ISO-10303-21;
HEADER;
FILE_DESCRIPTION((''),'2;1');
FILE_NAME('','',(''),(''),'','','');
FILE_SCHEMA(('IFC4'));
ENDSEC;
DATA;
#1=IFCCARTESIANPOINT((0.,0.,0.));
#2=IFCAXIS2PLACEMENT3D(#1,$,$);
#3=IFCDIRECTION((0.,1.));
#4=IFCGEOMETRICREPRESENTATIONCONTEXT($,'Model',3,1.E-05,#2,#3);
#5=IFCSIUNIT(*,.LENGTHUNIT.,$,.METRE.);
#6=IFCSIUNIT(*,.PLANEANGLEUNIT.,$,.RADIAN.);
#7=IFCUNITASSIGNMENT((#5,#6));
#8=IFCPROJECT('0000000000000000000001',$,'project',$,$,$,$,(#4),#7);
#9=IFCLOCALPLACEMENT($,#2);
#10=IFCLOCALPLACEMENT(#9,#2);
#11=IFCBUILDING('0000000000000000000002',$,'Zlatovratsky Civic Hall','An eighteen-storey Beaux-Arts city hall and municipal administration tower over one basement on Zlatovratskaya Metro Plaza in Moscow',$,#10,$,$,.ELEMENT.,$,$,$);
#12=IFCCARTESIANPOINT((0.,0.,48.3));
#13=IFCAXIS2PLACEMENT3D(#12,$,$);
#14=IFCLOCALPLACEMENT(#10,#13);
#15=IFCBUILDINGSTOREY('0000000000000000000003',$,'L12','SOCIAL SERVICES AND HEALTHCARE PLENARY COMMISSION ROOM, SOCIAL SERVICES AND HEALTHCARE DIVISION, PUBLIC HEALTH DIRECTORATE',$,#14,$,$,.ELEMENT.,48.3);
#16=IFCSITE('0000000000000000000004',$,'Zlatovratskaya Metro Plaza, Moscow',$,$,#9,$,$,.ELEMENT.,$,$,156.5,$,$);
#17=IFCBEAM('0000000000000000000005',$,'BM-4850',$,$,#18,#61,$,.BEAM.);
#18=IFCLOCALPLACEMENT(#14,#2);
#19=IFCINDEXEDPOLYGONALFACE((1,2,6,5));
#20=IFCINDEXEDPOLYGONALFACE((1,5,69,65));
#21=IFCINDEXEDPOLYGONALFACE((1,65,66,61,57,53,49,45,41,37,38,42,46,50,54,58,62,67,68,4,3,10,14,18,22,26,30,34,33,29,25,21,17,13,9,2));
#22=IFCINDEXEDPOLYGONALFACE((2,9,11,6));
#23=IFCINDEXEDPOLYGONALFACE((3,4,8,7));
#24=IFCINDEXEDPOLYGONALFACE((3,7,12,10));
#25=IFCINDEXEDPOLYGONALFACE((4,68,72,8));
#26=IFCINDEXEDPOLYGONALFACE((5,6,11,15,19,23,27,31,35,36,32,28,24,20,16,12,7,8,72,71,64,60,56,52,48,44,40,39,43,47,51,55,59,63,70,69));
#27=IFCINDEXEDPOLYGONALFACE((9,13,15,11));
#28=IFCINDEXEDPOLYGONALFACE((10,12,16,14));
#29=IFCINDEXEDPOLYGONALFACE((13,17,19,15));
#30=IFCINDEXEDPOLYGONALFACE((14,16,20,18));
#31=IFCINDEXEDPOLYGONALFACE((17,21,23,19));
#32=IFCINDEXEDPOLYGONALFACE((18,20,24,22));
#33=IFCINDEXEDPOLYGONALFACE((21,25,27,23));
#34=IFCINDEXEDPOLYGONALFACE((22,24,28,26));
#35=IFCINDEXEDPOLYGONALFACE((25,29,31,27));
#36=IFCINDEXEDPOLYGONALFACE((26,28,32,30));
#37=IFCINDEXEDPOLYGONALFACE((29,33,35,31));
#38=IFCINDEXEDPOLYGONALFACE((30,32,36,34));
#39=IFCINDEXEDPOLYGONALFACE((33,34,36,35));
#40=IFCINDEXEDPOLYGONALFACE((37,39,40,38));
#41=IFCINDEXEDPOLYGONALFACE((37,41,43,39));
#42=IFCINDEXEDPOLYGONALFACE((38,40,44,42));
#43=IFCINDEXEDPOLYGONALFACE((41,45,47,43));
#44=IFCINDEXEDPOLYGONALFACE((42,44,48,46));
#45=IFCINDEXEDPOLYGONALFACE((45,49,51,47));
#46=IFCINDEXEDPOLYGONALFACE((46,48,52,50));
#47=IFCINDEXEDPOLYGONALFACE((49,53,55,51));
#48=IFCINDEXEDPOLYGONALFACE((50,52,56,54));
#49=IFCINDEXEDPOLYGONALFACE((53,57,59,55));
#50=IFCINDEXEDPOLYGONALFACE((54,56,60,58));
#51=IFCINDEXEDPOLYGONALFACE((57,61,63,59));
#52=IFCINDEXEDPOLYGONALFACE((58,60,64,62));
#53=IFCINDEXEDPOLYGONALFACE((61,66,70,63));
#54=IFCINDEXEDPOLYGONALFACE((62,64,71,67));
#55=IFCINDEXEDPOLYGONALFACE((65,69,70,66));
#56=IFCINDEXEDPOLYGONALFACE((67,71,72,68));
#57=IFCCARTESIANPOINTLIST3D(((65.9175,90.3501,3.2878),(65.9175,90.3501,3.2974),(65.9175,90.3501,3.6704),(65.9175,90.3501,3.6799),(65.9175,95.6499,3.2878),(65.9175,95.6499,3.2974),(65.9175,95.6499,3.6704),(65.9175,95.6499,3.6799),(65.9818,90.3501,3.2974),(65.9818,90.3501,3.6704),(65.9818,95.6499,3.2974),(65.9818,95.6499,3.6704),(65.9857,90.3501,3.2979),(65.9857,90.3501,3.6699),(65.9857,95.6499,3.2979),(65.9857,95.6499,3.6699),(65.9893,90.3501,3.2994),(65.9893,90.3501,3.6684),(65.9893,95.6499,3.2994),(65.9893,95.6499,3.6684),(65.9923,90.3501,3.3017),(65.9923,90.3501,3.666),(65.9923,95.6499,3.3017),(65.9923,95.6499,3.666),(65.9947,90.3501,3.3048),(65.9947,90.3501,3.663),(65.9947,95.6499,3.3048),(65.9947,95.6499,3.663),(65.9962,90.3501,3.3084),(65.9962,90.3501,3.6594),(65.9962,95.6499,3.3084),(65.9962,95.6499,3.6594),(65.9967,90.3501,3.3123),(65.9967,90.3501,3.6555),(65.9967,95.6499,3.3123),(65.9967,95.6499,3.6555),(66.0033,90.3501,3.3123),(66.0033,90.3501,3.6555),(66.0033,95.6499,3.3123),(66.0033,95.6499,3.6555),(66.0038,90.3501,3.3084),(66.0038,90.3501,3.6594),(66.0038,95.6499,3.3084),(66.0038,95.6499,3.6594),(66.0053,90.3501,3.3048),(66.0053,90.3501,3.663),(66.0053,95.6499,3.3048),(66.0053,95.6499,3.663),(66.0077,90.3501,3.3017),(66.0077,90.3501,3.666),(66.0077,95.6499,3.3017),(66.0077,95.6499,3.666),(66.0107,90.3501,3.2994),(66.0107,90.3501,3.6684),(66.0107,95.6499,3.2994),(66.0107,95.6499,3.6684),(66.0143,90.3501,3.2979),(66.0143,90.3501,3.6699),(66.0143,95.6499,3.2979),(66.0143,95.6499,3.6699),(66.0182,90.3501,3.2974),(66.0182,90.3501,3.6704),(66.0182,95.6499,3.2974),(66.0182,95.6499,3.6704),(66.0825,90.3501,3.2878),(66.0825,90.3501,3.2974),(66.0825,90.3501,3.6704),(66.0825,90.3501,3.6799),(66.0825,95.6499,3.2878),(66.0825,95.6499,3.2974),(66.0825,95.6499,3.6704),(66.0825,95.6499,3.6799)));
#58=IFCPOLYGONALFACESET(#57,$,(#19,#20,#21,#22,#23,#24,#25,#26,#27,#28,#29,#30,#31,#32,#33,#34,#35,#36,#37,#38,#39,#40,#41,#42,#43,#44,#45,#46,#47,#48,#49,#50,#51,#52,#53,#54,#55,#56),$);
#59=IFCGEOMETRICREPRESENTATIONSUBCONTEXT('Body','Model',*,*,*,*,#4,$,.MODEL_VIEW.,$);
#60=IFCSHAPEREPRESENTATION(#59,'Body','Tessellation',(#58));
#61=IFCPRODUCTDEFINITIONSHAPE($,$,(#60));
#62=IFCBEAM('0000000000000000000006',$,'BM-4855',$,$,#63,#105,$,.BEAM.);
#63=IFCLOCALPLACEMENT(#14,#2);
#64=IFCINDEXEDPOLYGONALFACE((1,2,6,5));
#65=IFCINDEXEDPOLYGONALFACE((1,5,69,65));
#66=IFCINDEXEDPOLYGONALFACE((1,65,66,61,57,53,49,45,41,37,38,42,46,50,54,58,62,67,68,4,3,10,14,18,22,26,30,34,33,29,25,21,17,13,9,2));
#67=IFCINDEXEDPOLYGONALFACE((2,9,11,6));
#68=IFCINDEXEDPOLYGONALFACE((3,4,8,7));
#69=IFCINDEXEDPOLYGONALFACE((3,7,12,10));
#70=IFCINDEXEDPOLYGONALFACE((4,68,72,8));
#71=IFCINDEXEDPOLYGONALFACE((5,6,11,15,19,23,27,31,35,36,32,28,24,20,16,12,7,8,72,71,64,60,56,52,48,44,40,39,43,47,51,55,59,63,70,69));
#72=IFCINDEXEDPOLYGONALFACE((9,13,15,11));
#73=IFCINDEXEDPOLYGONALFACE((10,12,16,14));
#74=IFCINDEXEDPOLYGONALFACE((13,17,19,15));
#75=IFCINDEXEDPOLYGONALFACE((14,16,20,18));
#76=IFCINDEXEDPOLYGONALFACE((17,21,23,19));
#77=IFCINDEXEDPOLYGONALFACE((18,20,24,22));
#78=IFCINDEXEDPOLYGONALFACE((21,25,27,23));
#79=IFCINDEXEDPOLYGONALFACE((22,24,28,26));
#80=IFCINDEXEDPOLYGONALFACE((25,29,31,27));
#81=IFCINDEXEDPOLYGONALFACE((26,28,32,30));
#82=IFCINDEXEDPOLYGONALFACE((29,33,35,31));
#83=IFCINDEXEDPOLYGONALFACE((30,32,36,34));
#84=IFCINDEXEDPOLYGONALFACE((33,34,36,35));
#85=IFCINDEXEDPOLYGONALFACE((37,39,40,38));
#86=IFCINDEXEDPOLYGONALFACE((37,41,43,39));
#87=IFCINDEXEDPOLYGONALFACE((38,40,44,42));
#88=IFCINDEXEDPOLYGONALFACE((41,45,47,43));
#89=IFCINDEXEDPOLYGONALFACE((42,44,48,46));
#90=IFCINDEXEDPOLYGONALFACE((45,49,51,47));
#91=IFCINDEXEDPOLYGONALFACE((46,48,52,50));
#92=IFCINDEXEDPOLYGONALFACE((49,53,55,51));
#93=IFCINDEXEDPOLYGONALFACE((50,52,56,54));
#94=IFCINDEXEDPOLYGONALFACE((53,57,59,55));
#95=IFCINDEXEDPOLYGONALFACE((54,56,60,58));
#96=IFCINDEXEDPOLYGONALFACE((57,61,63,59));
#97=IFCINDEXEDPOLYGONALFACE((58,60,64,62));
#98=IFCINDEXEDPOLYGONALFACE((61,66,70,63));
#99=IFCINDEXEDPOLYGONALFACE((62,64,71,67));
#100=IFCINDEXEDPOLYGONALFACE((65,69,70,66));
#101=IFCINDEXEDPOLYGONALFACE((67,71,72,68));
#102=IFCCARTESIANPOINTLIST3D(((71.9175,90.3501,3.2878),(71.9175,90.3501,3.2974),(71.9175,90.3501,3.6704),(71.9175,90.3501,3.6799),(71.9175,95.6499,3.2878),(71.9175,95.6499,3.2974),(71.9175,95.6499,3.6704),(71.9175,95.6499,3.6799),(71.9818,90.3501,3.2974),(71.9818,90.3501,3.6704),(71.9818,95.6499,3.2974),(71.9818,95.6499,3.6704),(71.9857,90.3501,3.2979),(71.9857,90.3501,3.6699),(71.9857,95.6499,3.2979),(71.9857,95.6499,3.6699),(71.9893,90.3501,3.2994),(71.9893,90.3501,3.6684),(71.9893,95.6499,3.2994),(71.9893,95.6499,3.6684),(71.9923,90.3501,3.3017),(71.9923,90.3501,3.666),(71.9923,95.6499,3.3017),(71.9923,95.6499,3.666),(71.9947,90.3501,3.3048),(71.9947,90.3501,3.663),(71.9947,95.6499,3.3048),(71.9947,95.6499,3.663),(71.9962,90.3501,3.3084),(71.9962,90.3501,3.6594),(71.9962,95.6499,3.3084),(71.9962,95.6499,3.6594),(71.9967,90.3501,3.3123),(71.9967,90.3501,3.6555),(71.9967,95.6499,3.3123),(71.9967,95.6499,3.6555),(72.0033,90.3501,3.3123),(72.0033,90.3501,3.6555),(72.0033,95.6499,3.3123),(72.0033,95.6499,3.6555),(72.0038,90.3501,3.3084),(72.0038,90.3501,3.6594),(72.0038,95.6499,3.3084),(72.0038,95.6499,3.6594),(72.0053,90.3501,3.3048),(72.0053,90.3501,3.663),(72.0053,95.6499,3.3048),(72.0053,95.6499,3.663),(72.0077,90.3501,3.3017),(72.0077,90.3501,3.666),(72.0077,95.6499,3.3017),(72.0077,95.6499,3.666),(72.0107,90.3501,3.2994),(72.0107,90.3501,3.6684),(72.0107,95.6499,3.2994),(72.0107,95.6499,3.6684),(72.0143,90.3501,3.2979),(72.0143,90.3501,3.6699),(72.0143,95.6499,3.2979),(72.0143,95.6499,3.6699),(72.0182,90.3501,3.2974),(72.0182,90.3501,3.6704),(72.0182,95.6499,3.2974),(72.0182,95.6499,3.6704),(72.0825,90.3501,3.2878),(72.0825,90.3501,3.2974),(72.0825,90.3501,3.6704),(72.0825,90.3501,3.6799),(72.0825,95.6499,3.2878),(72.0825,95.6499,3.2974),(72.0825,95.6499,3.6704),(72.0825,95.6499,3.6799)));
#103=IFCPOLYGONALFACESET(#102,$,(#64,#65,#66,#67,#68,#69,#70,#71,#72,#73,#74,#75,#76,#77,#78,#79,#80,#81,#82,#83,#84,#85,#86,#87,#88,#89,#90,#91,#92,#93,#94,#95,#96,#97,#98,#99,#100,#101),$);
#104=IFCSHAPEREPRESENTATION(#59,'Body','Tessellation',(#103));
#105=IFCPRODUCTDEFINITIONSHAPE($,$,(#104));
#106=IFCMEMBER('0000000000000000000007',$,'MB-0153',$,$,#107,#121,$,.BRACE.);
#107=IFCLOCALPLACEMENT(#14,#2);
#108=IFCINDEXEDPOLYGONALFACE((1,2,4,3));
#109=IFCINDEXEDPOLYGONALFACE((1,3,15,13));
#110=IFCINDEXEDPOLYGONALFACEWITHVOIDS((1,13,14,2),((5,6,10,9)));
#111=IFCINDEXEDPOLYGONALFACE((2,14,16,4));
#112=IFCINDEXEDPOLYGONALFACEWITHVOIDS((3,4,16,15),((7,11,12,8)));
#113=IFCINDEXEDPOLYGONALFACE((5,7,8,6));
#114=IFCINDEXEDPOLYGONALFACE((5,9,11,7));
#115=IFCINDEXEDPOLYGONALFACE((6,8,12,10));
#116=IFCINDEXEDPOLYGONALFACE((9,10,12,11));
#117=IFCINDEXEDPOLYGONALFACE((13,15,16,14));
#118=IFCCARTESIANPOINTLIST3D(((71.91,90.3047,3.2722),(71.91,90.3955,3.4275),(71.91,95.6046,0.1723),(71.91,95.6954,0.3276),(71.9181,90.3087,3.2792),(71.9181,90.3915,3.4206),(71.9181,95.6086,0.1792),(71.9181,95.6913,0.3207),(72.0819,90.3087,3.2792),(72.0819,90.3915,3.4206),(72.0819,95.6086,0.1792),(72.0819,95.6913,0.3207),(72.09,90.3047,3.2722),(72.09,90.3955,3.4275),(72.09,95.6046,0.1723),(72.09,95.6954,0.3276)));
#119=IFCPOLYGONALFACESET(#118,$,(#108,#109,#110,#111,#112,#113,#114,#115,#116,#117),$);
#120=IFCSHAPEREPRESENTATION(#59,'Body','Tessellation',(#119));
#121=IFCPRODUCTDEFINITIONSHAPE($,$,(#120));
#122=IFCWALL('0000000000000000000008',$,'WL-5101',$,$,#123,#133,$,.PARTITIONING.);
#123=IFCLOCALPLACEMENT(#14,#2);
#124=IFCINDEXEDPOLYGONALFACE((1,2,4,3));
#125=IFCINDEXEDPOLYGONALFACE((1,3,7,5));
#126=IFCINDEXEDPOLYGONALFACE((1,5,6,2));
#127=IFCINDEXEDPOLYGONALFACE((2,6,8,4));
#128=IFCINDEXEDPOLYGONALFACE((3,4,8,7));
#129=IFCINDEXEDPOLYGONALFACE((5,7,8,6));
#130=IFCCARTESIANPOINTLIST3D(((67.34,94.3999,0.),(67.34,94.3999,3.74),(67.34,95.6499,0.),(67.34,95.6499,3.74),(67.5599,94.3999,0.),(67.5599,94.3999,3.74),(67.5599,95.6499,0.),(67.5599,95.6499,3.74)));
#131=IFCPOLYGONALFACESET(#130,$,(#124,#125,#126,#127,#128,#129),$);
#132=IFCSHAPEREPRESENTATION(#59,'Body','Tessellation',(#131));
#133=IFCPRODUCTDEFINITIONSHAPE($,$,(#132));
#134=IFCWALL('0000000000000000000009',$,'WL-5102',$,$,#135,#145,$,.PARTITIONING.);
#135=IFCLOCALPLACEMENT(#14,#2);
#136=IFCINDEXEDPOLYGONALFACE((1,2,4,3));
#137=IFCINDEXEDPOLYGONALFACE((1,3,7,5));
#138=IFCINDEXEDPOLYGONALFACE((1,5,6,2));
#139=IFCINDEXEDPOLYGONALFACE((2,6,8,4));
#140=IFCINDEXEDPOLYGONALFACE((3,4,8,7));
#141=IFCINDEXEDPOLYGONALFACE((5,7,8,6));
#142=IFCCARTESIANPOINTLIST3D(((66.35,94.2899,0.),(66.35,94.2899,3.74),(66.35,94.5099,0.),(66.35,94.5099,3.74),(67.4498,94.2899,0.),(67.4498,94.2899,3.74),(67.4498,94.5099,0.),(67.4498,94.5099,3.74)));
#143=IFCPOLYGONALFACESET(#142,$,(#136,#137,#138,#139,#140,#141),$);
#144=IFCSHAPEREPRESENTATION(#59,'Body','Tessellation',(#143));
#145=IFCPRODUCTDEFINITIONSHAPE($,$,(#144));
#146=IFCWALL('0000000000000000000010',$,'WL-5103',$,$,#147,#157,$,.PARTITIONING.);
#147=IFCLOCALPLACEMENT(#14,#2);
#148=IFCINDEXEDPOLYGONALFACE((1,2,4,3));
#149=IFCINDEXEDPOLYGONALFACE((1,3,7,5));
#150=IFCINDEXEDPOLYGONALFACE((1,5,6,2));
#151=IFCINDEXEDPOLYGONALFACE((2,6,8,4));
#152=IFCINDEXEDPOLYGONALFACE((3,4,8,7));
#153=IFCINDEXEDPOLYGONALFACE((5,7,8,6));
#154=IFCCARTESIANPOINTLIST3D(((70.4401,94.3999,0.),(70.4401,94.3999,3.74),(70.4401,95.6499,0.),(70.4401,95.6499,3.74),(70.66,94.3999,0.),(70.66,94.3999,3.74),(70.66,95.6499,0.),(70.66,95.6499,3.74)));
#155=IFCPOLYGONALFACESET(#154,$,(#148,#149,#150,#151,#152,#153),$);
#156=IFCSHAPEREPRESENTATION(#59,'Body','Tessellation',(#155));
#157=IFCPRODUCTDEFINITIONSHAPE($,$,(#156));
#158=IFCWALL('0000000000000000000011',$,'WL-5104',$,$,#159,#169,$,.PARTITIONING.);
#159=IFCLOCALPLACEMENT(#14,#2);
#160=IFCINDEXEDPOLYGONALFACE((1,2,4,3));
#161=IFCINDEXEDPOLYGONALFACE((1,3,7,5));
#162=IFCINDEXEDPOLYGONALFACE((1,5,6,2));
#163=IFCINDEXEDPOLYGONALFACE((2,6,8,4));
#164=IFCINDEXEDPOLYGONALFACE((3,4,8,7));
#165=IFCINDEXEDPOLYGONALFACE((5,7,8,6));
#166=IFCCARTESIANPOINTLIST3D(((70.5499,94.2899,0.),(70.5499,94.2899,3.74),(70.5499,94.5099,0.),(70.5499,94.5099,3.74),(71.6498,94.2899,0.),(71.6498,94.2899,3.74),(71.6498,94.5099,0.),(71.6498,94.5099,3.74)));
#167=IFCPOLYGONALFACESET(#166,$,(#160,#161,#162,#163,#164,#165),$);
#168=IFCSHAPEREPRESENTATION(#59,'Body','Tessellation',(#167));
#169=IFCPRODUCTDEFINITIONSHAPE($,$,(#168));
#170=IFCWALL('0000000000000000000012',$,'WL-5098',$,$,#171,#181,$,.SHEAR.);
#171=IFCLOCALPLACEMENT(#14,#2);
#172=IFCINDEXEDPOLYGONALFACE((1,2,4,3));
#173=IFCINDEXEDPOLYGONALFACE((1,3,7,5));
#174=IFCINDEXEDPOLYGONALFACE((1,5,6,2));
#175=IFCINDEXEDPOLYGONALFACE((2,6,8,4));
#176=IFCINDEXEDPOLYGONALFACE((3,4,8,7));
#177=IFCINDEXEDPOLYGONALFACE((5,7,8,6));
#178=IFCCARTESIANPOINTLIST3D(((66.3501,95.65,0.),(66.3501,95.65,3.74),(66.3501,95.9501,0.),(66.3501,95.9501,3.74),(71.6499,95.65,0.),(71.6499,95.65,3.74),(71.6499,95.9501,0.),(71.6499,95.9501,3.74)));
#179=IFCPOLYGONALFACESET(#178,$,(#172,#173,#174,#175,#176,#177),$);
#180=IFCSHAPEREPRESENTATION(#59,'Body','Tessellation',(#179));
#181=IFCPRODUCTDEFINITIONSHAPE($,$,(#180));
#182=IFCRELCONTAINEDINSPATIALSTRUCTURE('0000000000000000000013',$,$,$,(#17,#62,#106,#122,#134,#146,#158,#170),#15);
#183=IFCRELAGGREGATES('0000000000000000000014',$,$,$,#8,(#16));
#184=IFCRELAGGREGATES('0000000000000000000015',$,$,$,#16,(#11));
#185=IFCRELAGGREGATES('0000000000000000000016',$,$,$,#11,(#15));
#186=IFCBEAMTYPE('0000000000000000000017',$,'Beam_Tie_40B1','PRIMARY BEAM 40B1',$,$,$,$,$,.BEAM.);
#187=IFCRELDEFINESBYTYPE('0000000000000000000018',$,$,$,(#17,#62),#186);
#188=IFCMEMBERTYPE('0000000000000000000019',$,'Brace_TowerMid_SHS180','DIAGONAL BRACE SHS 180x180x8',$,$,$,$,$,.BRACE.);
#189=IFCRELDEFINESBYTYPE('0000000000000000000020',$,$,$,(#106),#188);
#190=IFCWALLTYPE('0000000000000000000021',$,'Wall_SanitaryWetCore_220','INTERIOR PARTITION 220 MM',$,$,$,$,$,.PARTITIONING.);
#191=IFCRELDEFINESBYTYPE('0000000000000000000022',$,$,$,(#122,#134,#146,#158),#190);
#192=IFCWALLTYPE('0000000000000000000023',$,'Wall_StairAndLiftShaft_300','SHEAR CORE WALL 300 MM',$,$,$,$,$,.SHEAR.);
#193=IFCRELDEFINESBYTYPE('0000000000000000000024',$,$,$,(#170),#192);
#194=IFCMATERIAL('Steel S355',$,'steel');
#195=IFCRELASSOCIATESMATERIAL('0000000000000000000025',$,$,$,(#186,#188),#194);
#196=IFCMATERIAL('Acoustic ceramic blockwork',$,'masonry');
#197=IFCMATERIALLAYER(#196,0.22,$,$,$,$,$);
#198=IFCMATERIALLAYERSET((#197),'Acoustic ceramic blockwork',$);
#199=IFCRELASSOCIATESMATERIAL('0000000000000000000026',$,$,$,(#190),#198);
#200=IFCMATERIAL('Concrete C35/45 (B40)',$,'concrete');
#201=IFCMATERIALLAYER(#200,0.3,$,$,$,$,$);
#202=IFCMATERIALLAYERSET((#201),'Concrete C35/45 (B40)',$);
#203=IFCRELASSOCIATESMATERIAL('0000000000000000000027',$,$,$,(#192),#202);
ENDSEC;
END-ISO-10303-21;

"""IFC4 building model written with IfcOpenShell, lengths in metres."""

from ifc_helpers import new_model, si_unit, direction, frame, frame_2d, origin, origin_2d, place, context, subcontext, project, spatial, rectangle, hollow_rectangle, i_section, extrude, material, layer, layer_set, material_profile, profile_set, type_object, element, save


model = new_model("IFC4")

# Units and contexts
model_context = context("Model", 3, precision=1e-05, world=origin(), true_north=direction((0.0, 1.0)))
body_context = subcontext(model_context, "Body", "Model", "MODEL_VIEW")
ifc_project = project(units=[si_unit("LENGTHUNIT", "METRE"), si_unit("PLANEANGLEUNIT", "RADIAN")], contexts=[model_context])

# Site, building, storey
site_placement = place(None, origin())
site = spatial("IfcSite", under=ifc_project, at=site_placement, Name="Zlatovratskaya Metro Plaza, Moscow", CompositionType="ELEMENT", RefElevation=156.5)
building_placement = place(site_placement, origin())
building = spatial("IfcBuilding", under=site, at=building_placement, Name="Zlatovratsky Civic Hall", Description="An eighteen-storey Beaux-Arts city hall and municipal administration tower over one basement on Zlatovratskaya Metro Plaza in Moscow", CompositionType="ELEMENT")
storey_placement = place(building_placement, frame((0.0, 0.0, 48.3)))
storey = spatial("IfcBuildingStorey", under=building, at=storey_placement, Name="L12", Description="SOCIAL SERVICES AND HEALTHCARE PLENARY COMMISSION ROOM, SOCIAL SERVICES AND HEALTHCARE DIVISION, PUBLIC HEALTH DIRECTORATE", CompositionType="ELEMENT", Elevation=48.3)

# Shared definitions
ifc_material_1 = material(Name="Concrete C35/45 (B40)", Category="concrete")

# Beams
ifc_material_2 = material(Name="Steel S355", Category="steel")
ifc_material_profile_1 = material_profile(ifc_material_2, i_section(OverallWidth=0.165, OverallDepth=0.3921, WebThickness=0.0066, FlangeThickness=0.0095, FilletRadius=0.0149, at=origin_2d()), Name="40B1")
ifc_profile_set_1 = profile_set([ifc_material_profile_1], Name="Steel S355")
beam_type_1 = type_object("IfcBeamType", Name="Beam_Tie_40B1", Description="PRIMARY BEAM 40B1", PredefinedType="BEAM", material=ifc_profile_set_1)
for number, where, z_axis, x_axis, name in (
    (1, (66.0, 90.3501, 3.4839), (0.0, 1.0, 0.0), (-1.0, 0.0, 0.0), "BM-4850"),
    (2, (72.0, 90.3501, 3.4839), (0.0, 1.0, 0.0), (-1.0, 0.0, 0.0), "BM-4855"),
):
    element("IfcBeam", number, at=place(storey_placement, frame(where, z_axis=z_axis, x_axis=x_axis)), inside=storey, type_object=beam_type_1, Name=name, PredefinedType="BEAM", context=body_context, shape_type="SweptSolid", body=[
        extrude(i_section(OverallWidth=0.165, OverallDepth=0.3921, WebThickness=0.0066, FlangeThickness=0.0095, FilletRadius=0.0149, at=origin_2d()), origin(), (0.0, 0.0, 1.0), 5.2998),
    ])

# Member
ifc_material_profile_2 = material_profile(ifc_material_2, hollow_rectangle(XDim=0.1799, YDim=0.1799, WallThickness=0.0081, at=origin_2d()), Name="SHS 180x180x8")
ifc_profile_set_2 = profile_set([ifc_material_profile_2], Name="Steel S355")
member_type = type_object("IfcMemberType", Name="Brace_TowerMid_SHS180", Description="DIAGONAL BRACE SHS 180x180x8", PredefinedType="BRACE", material=ifc_profile_set_2)
member_placement = place(storey_placement, frame((72.0, 90.3501, 3.3499), z_axis=(0.0, 0.86319, -0.504879), x_axis=(-1.0, 0.0, 0.0)))
element("IfcMember", 3, at=member_placement, inside=storey, type_object=member_type, Name="MB-0153", PredefinedType="BRACE", context=body_context, shape_type="SweptSolid", body=[
    extrude(hollow_rectangle(XDim=0.1799, YDim=0.1799, WallThickness=0.0081, at=origin_2d()), origin(), (0.0, 0.0, 1.0), 6.1399),
])

# Walls
ifc_material_3 = material(Name="Acoustic ceramic blockwork", Category="masonry")
ifc_layer_1 = layer(ifc_material_3, 0.22)
ifc_layer_set_1 = layer_set([ifc_layer_1], Name="Acoustic ceramic blockwork")
wall_type_1 = type_object("IfcWallType", Name="Wall_SanitaryWetCore_220", Description="INTERIOR PARTITION 220 MM", PredefinedType="PARTITIONING", material=ifc_layer_set_1)
wall_1_placement = place(storey_placement, frame((67.45, 94.3999, 0.0), z_axis=(0.0, 0.0, 1.0), x_axis=(0.0, 1.0, 0.0)))
element("IfcWall", 4, at=wall_1_placement, inside=storey, type_object=wall_type_1, Name="WL-5101", PredefinedType="PARTITIONING", context=body_context, shape_type="SweptSolid", body=[
    extrude(rectangle(XDim=1.25, YDim=0.22, at=frame_2d((0.625, 0.0))), origin(), (0.0, 0.0, 1.0), 3.74),
])
wall_2_placement = place(storey_placement, frame((66.3501, 94.3999, 0.0), z_axis=(0.0, 0.0, 1.0), x_axis=(1.0, 0.0, 0.0)))
element("IfcWall", 5, at=wall_2_placement, inside=storey, type_object=wall_type_1, Name="WL-5102", PredefinedType="PARTITIONING", context=body_context, shape_type="SweptSolid", body=[
    extrude(rectangle(XDim=1.0999, YDim=0.22, at=frame_2d((0.5498, 0.0))), origin(), (0.0, 0.0, 1.0), 3.74),
])
wall_3_placement = place(storey_placement, frame((70.55, 94.3999, 0.0), z_axis=(0.0, 0.0, 1.0), x_axis=(0.0, 1.0, 0.0)))
element("IfcWall", 6, at=wall_3_placement, inside=storey, type_object=wall_type_1, Name="WL-5103", PredefinedType="PARTITIONING", context=body_context, shape_type="SweptSolid", body=[
    extrude(rectangle(XDim=1.25, YDim=0.22, at=frame_2d((0.625, 0.0))), origin(), (0.0, 0.0, 1.0), 3.74),
])
wall_4_placement = place(storey_placement, frame((70.55, 94.3999, 0.0), z_axis=(0.0, 0.0, 1.0), x_axis=(1.0, 0.0, 0.0)))
element("IfcWall", 7, at=wall_4_placement, inside=storey, type_object=wall_type_1, Name="WL-5104", PredefinedType="PARTITIONING", context=body_context, shape_type="SweptSolid", body=[
    extrude(rectangle(XDim=1.0999, YDim=0.22, at=frame_2d((0.5498, 0.0))), origin(), (0.0, 0.0, 1.0), 3.74),
])
ifc_layer_2 = layer(ifc_material_1, 0.3)
ifc_layer_set_2 = layer_set([ifc_layer_2], Name="Concrete C35/45 (B40)")
wall_type_2 = type_object("IfcWallType", Name="Wall_StairAndLiftShaft_300", Description="SHEAR CORE WALL 300 MM", PredefinedType="SHEAR", material=ifc_layer_set_2)
wall_5_placement = place(storey_placement, frame((66.3501, 95.8, 0.0), z_axis=(0.0, 0.0, 1.0), x_axis=(1.0, 0.0, 0.0)))
element("IfcWall", 8, at=wall_5_placement, inside=storey, type_object=wall_type_2, Name="WL-5098", PredefinedType="SHEAR", context=body_context, shape_type="SweptSolid", body=[
    extrude(rectangle(XDim=5.2998, YDim=0.3, at=frame_2d((2.6499, 0.0))), origin(), (0.0, 0.0, 1.0), 3.74),
])

save(model, "model.ifc")
